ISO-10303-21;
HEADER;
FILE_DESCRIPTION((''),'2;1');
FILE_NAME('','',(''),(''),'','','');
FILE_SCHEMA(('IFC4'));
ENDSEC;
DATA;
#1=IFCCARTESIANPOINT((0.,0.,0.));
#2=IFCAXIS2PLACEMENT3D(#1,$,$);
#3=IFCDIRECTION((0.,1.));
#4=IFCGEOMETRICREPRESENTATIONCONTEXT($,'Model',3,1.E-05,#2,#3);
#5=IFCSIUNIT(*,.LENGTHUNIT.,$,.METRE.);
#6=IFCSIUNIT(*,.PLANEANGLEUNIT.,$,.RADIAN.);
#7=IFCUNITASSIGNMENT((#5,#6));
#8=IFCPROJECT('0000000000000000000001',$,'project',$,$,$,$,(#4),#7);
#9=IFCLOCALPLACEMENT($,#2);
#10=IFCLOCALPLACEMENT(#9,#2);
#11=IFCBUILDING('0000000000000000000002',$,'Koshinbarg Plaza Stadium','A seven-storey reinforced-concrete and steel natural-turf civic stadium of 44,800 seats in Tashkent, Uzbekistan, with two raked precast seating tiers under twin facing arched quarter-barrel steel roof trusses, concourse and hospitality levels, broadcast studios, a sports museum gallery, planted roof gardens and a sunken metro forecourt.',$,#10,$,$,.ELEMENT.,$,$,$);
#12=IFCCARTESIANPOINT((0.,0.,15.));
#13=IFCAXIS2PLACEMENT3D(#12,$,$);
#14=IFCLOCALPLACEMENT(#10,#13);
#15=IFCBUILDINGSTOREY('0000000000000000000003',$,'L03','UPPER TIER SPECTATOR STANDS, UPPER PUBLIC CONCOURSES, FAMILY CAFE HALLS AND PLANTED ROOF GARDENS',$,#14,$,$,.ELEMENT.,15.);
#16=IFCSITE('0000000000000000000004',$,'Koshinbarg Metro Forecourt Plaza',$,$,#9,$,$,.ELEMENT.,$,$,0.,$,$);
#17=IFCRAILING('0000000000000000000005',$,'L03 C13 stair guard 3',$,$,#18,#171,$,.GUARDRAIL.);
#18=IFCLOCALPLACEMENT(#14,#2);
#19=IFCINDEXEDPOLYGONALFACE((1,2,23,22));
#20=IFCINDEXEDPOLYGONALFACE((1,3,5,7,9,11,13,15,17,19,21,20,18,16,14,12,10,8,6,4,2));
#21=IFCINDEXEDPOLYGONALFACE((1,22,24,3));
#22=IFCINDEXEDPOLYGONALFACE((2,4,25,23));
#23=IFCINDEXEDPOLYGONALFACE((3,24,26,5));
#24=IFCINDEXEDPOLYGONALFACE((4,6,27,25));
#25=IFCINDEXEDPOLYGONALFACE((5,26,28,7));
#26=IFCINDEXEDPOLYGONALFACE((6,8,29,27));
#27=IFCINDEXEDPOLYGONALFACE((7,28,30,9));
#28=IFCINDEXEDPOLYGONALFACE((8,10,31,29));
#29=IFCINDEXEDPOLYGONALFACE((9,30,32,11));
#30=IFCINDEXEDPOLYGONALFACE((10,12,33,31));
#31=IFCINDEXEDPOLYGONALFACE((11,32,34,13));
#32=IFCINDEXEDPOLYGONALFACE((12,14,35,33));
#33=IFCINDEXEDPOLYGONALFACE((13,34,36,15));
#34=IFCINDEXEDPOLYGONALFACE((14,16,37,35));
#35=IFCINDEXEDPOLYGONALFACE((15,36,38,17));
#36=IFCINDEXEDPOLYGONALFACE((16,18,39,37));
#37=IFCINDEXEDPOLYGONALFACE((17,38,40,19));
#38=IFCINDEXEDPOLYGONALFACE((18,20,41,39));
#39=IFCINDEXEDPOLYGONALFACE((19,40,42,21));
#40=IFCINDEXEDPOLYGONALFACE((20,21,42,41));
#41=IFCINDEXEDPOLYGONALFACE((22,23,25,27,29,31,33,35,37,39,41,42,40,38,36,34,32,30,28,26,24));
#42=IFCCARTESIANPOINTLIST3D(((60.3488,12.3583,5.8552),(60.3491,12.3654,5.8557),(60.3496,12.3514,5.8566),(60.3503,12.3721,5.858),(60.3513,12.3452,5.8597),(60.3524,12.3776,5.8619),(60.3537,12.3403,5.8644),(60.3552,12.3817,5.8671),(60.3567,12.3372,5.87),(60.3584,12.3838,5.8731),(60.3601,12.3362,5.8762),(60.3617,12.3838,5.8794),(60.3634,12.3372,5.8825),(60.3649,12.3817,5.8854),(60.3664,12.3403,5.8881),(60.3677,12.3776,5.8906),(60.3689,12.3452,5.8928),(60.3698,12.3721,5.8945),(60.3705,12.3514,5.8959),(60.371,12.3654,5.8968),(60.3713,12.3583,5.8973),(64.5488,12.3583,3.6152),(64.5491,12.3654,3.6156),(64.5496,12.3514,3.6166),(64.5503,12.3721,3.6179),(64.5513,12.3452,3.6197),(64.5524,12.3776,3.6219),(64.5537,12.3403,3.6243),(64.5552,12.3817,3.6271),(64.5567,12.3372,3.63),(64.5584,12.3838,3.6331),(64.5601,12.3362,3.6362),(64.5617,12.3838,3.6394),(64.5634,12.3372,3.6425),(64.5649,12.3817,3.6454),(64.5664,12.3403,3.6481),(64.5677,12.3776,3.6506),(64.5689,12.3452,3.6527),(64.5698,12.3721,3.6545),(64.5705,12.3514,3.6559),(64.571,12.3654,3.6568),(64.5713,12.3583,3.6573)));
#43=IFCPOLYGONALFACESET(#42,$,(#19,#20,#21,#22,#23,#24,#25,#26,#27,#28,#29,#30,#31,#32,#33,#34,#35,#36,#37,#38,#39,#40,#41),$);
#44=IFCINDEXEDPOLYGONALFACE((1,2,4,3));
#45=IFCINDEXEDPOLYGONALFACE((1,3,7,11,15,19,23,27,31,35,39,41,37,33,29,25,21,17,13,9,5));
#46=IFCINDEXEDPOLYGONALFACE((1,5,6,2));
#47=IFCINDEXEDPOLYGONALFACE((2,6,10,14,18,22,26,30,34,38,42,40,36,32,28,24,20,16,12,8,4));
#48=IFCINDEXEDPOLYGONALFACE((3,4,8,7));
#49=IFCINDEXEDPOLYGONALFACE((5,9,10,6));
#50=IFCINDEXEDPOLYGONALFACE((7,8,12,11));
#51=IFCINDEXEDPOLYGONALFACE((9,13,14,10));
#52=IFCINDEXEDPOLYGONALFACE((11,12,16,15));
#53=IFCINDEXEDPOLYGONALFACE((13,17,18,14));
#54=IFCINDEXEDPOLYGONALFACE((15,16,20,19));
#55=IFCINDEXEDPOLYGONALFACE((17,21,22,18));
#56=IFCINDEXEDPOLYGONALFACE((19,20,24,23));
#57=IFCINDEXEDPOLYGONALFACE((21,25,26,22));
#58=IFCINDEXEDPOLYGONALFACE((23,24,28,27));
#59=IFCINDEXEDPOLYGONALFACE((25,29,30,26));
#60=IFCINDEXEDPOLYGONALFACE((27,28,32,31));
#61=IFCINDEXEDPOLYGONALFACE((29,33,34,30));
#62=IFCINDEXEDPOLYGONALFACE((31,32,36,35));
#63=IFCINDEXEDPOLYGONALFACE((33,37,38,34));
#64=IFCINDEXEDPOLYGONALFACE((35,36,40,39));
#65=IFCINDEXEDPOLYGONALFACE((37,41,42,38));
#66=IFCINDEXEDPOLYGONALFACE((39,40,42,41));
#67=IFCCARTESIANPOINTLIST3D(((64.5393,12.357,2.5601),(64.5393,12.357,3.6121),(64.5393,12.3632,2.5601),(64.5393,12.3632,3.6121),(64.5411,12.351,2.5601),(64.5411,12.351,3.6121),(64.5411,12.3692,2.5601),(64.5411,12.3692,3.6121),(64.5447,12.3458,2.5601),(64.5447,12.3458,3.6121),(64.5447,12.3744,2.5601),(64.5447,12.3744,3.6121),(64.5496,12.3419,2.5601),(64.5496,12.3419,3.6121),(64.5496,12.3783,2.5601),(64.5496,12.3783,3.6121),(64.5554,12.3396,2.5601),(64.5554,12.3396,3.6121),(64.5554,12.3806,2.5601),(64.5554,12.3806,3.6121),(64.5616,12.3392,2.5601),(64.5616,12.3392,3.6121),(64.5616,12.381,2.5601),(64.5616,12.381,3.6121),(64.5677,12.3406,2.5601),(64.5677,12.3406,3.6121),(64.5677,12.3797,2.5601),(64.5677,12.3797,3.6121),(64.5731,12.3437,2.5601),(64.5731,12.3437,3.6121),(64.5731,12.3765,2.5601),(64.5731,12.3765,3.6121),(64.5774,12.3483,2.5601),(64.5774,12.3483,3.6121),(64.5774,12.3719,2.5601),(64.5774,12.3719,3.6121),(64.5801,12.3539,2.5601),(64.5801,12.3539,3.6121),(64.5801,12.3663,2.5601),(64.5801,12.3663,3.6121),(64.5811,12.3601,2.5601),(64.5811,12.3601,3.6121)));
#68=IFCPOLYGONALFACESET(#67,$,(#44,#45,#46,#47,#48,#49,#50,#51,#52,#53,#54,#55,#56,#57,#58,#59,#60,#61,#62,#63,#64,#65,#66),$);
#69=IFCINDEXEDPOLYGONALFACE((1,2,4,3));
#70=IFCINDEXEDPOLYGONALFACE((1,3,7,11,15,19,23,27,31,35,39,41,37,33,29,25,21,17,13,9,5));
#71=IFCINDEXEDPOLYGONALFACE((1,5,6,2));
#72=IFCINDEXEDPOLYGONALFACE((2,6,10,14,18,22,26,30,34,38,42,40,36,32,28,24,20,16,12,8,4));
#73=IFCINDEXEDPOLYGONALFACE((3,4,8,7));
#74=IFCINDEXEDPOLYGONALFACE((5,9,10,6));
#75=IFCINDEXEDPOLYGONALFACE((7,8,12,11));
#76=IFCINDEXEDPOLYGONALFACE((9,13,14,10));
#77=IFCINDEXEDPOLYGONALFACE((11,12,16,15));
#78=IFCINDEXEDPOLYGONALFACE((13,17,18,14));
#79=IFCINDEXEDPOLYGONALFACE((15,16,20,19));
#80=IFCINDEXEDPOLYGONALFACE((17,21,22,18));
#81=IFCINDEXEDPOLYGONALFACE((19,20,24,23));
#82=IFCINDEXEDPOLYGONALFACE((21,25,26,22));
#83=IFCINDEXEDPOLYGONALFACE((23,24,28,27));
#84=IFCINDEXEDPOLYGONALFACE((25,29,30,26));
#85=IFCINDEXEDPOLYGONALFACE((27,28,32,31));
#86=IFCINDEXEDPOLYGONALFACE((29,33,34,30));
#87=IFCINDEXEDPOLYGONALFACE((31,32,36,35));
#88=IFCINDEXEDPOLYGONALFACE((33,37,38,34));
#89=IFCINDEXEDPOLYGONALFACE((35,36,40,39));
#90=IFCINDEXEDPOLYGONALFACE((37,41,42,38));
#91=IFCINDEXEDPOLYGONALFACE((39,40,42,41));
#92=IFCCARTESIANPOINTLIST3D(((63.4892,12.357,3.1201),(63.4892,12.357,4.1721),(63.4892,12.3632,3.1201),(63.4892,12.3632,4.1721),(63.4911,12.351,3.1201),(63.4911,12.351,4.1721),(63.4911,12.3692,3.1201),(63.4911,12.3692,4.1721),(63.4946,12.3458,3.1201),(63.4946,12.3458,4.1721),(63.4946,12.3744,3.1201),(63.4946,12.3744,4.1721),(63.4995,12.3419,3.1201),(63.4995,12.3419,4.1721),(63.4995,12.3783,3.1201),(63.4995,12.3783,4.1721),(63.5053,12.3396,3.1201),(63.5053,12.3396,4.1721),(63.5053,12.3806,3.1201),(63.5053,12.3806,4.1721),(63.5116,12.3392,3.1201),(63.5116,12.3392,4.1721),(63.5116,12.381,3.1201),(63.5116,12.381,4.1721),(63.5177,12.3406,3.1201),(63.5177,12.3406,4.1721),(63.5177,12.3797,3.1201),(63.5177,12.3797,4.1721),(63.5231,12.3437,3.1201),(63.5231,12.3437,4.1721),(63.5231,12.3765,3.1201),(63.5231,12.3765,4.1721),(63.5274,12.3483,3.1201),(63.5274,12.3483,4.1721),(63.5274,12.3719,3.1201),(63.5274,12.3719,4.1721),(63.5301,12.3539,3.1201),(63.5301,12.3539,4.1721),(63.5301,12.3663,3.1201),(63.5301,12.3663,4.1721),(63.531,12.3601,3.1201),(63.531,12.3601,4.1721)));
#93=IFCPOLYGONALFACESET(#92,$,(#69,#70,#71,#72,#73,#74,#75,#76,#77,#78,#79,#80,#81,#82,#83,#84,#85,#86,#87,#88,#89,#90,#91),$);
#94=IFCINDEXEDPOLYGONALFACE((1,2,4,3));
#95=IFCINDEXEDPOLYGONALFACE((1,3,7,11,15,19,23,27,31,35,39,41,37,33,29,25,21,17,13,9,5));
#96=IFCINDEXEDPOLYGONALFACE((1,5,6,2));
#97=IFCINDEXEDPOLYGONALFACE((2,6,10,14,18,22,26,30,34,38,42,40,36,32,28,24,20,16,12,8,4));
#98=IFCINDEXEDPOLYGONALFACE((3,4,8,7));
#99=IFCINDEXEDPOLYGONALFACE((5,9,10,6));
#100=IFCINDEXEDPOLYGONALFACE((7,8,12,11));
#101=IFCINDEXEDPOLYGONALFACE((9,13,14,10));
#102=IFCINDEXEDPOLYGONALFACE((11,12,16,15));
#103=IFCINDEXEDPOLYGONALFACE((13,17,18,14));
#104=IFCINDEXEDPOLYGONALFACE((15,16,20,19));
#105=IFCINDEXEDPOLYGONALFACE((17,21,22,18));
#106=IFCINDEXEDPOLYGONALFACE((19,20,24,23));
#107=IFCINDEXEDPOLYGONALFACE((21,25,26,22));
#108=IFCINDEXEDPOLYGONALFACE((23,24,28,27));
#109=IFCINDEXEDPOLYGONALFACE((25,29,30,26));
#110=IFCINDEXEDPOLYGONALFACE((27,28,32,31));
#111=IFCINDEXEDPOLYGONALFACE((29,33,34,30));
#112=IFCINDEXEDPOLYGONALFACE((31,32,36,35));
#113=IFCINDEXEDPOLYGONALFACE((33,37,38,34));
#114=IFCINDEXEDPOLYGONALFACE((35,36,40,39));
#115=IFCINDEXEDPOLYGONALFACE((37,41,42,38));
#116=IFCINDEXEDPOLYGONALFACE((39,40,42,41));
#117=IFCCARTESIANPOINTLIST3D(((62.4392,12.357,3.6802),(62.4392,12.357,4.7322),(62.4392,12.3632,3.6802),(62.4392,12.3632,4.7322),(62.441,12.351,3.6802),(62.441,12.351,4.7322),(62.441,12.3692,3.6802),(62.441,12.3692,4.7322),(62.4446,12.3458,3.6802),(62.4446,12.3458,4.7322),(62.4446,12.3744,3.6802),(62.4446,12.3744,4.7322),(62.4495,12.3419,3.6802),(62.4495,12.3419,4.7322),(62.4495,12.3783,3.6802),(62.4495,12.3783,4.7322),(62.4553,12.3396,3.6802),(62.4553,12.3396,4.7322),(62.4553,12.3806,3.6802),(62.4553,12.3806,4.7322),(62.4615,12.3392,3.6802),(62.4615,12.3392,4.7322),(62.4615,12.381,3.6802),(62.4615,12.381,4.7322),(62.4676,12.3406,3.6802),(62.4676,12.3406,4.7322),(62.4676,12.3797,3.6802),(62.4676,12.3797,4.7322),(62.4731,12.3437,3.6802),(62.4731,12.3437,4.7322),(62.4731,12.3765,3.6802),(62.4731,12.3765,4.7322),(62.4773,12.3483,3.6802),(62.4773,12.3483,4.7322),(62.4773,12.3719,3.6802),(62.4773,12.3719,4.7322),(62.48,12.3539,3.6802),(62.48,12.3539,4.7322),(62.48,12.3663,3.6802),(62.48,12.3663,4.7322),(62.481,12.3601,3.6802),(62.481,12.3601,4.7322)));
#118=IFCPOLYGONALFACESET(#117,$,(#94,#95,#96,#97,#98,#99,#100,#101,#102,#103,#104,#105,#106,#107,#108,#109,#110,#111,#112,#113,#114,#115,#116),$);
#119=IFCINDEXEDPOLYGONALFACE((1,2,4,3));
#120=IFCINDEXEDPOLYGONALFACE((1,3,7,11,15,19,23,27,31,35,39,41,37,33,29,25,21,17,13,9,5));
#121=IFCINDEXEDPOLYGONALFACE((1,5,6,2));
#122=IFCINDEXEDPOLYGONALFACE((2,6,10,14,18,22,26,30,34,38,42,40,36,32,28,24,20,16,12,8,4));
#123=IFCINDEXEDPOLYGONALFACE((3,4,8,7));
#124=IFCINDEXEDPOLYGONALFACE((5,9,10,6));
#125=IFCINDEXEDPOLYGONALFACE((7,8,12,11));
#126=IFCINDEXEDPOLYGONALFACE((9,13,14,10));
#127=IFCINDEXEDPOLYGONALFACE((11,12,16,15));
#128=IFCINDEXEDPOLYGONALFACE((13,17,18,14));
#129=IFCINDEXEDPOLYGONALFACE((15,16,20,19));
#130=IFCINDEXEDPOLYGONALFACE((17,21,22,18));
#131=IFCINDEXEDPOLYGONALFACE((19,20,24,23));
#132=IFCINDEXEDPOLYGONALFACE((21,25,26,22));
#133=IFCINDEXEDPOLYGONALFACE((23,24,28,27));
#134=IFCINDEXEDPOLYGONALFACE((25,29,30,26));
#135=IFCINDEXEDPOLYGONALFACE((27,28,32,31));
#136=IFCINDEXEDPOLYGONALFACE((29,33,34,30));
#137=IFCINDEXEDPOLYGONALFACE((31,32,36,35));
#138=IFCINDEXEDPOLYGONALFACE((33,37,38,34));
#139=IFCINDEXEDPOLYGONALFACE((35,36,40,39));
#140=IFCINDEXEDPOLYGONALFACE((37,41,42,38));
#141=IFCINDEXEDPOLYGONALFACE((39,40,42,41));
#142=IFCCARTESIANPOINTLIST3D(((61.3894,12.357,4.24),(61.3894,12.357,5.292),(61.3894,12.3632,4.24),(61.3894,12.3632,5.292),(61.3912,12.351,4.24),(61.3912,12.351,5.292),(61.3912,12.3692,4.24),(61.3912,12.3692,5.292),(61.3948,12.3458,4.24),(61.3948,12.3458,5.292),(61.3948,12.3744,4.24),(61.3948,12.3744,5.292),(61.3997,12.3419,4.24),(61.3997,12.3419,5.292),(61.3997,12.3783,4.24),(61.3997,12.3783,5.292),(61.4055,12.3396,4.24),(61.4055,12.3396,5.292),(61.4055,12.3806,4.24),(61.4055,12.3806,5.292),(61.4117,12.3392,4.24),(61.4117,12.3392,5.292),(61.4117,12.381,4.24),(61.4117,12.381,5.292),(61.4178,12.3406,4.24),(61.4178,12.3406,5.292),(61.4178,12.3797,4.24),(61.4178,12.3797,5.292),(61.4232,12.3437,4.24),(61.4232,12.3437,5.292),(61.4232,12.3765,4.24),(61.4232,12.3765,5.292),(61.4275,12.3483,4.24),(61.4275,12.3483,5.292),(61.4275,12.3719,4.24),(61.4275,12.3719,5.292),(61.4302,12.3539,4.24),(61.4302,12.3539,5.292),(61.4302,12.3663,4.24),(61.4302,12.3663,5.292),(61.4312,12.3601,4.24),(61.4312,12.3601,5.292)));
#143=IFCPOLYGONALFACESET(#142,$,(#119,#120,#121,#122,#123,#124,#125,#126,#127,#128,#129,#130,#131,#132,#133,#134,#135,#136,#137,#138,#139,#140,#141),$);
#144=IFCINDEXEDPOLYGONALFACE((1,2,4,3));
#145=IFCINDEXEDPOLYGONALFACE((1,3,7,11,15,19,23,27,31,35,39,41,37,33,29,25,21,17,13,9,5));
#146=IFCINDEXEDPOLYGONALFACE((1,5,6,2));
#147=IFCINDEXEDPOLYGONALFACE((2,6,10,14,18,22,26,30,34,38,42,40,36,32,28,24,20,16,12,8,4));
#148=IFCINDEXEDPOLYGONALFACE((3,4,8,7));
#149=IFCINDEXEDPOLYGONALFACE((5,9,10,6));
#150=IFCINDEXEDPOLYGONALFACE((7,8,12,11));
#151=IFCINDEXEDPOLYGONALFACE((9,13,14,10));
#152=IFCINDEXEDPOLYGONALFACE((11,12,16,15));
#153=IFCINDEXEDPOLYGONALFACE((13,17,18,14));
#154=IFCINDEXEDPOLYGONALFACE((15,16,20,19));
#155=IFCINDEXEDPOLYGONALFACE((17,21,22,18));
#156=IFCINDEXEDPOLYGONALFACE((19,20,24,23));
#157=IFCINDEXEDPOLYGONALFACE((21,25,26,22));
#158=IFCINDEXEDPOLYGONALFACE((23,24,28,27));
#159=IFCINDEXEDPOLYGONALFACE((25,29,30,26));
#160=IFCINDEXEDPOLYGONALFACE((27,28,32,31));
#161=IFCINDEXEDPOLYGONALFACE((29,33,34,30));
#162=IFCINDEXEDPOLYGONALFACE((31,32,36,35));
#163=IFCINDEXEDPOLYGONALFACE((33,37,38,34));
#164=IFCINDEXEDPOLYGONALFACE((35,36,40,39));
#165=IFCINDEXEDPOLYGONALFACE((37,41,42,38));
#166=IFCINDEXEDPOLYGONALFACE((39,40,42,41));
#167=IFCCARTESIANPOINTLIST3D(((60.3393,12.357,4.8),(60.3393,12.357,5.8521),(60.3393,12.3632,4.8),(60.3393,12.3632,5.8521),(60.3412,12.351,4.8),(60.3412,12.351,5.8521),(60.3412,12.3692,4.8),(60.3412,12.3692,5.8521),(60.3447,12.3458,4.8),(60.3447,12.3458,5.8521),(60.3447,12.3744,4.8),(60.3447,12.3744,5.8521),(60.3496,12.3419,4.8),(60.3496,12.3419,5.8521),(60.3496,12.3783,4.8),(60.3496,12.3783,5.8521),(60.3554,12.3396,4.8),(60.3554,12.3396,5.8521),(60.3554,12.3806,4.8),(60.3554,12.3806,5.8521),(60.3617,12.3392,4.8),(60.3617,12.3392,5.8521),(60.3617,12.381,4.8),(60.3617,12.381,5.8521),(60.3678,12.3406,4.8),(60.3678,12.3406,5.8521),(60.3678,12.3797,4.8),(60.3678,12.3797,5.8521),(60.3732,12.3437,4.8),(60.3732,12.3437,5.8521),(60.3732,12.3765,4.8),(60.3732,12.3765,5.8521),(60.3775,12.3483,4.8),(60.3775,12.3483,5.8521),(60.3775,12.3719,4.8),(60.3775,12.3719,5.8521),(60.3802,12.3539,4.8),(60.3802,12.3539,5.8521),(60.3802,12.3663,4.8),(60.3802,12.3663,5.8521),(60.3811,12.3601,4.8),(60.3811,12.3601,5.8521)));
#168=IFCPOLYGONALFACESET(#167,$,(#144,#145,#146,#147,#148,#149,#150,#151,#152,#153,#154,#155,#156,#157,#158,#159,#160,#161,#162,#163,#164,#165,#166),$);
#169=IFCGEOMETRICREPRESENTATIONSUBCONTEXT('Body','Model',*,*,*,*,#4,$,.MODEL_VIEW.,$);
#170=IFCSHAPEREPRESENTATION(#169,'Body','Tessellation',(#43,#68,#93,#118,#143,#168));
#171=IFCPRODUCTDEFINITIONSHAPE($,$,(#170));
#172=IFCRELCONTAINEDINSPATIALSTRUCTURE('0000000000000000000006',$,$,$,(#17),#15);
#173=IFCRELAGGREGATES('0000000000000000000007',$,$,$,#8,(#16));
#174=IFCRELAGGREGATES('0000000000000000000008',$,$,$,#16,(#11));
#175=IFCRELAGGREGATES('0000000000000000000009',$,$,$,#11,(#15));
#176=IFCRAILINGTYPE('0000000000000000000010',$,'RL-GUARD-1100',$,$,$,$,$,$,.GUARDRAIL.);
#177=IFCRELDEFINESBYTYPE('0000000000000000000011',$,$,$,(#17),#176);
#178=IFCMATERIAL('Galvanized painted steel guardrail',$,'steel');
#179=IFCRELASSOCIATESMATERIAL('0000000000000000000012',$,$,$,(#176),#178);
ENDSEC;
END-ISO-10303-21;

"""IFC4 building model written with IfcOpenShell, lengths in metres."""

from ifc_helpers import new_model, si_unit, direction, frame, origin, origin_2d, place, context, subcontext, project, spatial, circle, extrude, material, type_object, element, save


model = new_model("IFC4")

# Units and contexts
model_context = context("Model", 3, precision=1e-05, world=origin(), true_north=direction((0.0, 1.0)))
body_context = subcontext(model_context, "Body", "Model", "MODEL_VIEW")
ifc_project = project(units=[si_unit("LENGTHUNIT", "METRE"), si_unit("PLANEANGLEUNIT", "RADIAN")], contexts=[model_context])

# Site, building, storey
site_placement = place(None, origin())
site = spatial("IfcSite", under=ifc_project, at=site_placement, Name="Koshinbarg Metro Forecourt Plaza", CompositionType="ELEMENT", RefElevation=0.0)
building_placement = place(site_placement, origin())
building = spatial("IfcBuilding", under=site, at=building_placement, Name="Koshinbarg Plaza Stadium", Description="A seven-storey reinforced-concrete and steel natural-turf civic stadium of 44,800 seats in Tashkent, Uzbekistan, with two raked precast seating tiers under twin facing arched quarter-barrel steel roof trusses, concourse and hospitality levels, broadcast studios, a sports museum gallery, planted roof gardens and a sunken metro forecourt.", CompositionType="ELEMENT")
storey_placement = place(building_placement, frame((0.0, 0.0, 15.0)))
storey = spatial("IfcBuildingStorey", under=building, at=storey_placement, Name="L03", Description="UPPER TIER SPECTATOR STANDS, UPPER PUBLIC CONCOURSES, FAMILY CAFE HALLS AND PLANTED ROOF GARDENS", CompositionType="ELEMENT", Elevation=15.0)

# Railing
ifc_material_1 = material(Name="Galvanized painted steel guardrail", Category="steel")
railing_type_1 = type_object("IfcRailingType", Name="RL-GUARD-1100", PredefinedType="GUARDRAIL", material=ifc_material_1)
railing_1_placement = place(storey_placement, frame((64.5601, 12.3601, 2.5601)))
element("IfcRailing", 1, at=railing_1_placement, inside=storey, type_object=railing_type_1, Name="L03 C13 stair guard 3", PredefinedType="GUARDRAIL", context=body_context, shape_type="SweptSolid", body=[
    extrude(circle(Radius=0.0239, at=origin_2d()), frame((0.0, 0.0, 1.0762), z_axis=(-0.882352, 0.0, 0.470591), x_axis=(0.0, -1.0, 0.0)), (0.0, 0.0, 1.0), 4.76),
    extrude(circle(Radius=0.021, at=origin_2d()), origin(), (0.0, 0.0, 1.0), 1.052),
    extrude(circle(Radius=0.021, at=origin_2d()), frame((-1.05, 0.0, 0.5601)), (0.0, 0.0, 1.0), 1.052),
    extrude(circle(Radius=0.021, at=origin_2d()), frame((-2.1001, 0.0, 1.1201)), (0.0, 0.0, 1.0), 1.052),
    extrude(circle(Radius=0.021, at=origin_2d()), frame((-3.1499, 0.0, 1.6799)), (0.0, 0.0, 1.0), 1.052),
    extrude(circle(Radius=0.021, at=origin_2d()), frame((-4.2, 0.0, 2.24)), (0.0, 0.0, 1.0), 1.052),
])

save(model, "model.ifc")
